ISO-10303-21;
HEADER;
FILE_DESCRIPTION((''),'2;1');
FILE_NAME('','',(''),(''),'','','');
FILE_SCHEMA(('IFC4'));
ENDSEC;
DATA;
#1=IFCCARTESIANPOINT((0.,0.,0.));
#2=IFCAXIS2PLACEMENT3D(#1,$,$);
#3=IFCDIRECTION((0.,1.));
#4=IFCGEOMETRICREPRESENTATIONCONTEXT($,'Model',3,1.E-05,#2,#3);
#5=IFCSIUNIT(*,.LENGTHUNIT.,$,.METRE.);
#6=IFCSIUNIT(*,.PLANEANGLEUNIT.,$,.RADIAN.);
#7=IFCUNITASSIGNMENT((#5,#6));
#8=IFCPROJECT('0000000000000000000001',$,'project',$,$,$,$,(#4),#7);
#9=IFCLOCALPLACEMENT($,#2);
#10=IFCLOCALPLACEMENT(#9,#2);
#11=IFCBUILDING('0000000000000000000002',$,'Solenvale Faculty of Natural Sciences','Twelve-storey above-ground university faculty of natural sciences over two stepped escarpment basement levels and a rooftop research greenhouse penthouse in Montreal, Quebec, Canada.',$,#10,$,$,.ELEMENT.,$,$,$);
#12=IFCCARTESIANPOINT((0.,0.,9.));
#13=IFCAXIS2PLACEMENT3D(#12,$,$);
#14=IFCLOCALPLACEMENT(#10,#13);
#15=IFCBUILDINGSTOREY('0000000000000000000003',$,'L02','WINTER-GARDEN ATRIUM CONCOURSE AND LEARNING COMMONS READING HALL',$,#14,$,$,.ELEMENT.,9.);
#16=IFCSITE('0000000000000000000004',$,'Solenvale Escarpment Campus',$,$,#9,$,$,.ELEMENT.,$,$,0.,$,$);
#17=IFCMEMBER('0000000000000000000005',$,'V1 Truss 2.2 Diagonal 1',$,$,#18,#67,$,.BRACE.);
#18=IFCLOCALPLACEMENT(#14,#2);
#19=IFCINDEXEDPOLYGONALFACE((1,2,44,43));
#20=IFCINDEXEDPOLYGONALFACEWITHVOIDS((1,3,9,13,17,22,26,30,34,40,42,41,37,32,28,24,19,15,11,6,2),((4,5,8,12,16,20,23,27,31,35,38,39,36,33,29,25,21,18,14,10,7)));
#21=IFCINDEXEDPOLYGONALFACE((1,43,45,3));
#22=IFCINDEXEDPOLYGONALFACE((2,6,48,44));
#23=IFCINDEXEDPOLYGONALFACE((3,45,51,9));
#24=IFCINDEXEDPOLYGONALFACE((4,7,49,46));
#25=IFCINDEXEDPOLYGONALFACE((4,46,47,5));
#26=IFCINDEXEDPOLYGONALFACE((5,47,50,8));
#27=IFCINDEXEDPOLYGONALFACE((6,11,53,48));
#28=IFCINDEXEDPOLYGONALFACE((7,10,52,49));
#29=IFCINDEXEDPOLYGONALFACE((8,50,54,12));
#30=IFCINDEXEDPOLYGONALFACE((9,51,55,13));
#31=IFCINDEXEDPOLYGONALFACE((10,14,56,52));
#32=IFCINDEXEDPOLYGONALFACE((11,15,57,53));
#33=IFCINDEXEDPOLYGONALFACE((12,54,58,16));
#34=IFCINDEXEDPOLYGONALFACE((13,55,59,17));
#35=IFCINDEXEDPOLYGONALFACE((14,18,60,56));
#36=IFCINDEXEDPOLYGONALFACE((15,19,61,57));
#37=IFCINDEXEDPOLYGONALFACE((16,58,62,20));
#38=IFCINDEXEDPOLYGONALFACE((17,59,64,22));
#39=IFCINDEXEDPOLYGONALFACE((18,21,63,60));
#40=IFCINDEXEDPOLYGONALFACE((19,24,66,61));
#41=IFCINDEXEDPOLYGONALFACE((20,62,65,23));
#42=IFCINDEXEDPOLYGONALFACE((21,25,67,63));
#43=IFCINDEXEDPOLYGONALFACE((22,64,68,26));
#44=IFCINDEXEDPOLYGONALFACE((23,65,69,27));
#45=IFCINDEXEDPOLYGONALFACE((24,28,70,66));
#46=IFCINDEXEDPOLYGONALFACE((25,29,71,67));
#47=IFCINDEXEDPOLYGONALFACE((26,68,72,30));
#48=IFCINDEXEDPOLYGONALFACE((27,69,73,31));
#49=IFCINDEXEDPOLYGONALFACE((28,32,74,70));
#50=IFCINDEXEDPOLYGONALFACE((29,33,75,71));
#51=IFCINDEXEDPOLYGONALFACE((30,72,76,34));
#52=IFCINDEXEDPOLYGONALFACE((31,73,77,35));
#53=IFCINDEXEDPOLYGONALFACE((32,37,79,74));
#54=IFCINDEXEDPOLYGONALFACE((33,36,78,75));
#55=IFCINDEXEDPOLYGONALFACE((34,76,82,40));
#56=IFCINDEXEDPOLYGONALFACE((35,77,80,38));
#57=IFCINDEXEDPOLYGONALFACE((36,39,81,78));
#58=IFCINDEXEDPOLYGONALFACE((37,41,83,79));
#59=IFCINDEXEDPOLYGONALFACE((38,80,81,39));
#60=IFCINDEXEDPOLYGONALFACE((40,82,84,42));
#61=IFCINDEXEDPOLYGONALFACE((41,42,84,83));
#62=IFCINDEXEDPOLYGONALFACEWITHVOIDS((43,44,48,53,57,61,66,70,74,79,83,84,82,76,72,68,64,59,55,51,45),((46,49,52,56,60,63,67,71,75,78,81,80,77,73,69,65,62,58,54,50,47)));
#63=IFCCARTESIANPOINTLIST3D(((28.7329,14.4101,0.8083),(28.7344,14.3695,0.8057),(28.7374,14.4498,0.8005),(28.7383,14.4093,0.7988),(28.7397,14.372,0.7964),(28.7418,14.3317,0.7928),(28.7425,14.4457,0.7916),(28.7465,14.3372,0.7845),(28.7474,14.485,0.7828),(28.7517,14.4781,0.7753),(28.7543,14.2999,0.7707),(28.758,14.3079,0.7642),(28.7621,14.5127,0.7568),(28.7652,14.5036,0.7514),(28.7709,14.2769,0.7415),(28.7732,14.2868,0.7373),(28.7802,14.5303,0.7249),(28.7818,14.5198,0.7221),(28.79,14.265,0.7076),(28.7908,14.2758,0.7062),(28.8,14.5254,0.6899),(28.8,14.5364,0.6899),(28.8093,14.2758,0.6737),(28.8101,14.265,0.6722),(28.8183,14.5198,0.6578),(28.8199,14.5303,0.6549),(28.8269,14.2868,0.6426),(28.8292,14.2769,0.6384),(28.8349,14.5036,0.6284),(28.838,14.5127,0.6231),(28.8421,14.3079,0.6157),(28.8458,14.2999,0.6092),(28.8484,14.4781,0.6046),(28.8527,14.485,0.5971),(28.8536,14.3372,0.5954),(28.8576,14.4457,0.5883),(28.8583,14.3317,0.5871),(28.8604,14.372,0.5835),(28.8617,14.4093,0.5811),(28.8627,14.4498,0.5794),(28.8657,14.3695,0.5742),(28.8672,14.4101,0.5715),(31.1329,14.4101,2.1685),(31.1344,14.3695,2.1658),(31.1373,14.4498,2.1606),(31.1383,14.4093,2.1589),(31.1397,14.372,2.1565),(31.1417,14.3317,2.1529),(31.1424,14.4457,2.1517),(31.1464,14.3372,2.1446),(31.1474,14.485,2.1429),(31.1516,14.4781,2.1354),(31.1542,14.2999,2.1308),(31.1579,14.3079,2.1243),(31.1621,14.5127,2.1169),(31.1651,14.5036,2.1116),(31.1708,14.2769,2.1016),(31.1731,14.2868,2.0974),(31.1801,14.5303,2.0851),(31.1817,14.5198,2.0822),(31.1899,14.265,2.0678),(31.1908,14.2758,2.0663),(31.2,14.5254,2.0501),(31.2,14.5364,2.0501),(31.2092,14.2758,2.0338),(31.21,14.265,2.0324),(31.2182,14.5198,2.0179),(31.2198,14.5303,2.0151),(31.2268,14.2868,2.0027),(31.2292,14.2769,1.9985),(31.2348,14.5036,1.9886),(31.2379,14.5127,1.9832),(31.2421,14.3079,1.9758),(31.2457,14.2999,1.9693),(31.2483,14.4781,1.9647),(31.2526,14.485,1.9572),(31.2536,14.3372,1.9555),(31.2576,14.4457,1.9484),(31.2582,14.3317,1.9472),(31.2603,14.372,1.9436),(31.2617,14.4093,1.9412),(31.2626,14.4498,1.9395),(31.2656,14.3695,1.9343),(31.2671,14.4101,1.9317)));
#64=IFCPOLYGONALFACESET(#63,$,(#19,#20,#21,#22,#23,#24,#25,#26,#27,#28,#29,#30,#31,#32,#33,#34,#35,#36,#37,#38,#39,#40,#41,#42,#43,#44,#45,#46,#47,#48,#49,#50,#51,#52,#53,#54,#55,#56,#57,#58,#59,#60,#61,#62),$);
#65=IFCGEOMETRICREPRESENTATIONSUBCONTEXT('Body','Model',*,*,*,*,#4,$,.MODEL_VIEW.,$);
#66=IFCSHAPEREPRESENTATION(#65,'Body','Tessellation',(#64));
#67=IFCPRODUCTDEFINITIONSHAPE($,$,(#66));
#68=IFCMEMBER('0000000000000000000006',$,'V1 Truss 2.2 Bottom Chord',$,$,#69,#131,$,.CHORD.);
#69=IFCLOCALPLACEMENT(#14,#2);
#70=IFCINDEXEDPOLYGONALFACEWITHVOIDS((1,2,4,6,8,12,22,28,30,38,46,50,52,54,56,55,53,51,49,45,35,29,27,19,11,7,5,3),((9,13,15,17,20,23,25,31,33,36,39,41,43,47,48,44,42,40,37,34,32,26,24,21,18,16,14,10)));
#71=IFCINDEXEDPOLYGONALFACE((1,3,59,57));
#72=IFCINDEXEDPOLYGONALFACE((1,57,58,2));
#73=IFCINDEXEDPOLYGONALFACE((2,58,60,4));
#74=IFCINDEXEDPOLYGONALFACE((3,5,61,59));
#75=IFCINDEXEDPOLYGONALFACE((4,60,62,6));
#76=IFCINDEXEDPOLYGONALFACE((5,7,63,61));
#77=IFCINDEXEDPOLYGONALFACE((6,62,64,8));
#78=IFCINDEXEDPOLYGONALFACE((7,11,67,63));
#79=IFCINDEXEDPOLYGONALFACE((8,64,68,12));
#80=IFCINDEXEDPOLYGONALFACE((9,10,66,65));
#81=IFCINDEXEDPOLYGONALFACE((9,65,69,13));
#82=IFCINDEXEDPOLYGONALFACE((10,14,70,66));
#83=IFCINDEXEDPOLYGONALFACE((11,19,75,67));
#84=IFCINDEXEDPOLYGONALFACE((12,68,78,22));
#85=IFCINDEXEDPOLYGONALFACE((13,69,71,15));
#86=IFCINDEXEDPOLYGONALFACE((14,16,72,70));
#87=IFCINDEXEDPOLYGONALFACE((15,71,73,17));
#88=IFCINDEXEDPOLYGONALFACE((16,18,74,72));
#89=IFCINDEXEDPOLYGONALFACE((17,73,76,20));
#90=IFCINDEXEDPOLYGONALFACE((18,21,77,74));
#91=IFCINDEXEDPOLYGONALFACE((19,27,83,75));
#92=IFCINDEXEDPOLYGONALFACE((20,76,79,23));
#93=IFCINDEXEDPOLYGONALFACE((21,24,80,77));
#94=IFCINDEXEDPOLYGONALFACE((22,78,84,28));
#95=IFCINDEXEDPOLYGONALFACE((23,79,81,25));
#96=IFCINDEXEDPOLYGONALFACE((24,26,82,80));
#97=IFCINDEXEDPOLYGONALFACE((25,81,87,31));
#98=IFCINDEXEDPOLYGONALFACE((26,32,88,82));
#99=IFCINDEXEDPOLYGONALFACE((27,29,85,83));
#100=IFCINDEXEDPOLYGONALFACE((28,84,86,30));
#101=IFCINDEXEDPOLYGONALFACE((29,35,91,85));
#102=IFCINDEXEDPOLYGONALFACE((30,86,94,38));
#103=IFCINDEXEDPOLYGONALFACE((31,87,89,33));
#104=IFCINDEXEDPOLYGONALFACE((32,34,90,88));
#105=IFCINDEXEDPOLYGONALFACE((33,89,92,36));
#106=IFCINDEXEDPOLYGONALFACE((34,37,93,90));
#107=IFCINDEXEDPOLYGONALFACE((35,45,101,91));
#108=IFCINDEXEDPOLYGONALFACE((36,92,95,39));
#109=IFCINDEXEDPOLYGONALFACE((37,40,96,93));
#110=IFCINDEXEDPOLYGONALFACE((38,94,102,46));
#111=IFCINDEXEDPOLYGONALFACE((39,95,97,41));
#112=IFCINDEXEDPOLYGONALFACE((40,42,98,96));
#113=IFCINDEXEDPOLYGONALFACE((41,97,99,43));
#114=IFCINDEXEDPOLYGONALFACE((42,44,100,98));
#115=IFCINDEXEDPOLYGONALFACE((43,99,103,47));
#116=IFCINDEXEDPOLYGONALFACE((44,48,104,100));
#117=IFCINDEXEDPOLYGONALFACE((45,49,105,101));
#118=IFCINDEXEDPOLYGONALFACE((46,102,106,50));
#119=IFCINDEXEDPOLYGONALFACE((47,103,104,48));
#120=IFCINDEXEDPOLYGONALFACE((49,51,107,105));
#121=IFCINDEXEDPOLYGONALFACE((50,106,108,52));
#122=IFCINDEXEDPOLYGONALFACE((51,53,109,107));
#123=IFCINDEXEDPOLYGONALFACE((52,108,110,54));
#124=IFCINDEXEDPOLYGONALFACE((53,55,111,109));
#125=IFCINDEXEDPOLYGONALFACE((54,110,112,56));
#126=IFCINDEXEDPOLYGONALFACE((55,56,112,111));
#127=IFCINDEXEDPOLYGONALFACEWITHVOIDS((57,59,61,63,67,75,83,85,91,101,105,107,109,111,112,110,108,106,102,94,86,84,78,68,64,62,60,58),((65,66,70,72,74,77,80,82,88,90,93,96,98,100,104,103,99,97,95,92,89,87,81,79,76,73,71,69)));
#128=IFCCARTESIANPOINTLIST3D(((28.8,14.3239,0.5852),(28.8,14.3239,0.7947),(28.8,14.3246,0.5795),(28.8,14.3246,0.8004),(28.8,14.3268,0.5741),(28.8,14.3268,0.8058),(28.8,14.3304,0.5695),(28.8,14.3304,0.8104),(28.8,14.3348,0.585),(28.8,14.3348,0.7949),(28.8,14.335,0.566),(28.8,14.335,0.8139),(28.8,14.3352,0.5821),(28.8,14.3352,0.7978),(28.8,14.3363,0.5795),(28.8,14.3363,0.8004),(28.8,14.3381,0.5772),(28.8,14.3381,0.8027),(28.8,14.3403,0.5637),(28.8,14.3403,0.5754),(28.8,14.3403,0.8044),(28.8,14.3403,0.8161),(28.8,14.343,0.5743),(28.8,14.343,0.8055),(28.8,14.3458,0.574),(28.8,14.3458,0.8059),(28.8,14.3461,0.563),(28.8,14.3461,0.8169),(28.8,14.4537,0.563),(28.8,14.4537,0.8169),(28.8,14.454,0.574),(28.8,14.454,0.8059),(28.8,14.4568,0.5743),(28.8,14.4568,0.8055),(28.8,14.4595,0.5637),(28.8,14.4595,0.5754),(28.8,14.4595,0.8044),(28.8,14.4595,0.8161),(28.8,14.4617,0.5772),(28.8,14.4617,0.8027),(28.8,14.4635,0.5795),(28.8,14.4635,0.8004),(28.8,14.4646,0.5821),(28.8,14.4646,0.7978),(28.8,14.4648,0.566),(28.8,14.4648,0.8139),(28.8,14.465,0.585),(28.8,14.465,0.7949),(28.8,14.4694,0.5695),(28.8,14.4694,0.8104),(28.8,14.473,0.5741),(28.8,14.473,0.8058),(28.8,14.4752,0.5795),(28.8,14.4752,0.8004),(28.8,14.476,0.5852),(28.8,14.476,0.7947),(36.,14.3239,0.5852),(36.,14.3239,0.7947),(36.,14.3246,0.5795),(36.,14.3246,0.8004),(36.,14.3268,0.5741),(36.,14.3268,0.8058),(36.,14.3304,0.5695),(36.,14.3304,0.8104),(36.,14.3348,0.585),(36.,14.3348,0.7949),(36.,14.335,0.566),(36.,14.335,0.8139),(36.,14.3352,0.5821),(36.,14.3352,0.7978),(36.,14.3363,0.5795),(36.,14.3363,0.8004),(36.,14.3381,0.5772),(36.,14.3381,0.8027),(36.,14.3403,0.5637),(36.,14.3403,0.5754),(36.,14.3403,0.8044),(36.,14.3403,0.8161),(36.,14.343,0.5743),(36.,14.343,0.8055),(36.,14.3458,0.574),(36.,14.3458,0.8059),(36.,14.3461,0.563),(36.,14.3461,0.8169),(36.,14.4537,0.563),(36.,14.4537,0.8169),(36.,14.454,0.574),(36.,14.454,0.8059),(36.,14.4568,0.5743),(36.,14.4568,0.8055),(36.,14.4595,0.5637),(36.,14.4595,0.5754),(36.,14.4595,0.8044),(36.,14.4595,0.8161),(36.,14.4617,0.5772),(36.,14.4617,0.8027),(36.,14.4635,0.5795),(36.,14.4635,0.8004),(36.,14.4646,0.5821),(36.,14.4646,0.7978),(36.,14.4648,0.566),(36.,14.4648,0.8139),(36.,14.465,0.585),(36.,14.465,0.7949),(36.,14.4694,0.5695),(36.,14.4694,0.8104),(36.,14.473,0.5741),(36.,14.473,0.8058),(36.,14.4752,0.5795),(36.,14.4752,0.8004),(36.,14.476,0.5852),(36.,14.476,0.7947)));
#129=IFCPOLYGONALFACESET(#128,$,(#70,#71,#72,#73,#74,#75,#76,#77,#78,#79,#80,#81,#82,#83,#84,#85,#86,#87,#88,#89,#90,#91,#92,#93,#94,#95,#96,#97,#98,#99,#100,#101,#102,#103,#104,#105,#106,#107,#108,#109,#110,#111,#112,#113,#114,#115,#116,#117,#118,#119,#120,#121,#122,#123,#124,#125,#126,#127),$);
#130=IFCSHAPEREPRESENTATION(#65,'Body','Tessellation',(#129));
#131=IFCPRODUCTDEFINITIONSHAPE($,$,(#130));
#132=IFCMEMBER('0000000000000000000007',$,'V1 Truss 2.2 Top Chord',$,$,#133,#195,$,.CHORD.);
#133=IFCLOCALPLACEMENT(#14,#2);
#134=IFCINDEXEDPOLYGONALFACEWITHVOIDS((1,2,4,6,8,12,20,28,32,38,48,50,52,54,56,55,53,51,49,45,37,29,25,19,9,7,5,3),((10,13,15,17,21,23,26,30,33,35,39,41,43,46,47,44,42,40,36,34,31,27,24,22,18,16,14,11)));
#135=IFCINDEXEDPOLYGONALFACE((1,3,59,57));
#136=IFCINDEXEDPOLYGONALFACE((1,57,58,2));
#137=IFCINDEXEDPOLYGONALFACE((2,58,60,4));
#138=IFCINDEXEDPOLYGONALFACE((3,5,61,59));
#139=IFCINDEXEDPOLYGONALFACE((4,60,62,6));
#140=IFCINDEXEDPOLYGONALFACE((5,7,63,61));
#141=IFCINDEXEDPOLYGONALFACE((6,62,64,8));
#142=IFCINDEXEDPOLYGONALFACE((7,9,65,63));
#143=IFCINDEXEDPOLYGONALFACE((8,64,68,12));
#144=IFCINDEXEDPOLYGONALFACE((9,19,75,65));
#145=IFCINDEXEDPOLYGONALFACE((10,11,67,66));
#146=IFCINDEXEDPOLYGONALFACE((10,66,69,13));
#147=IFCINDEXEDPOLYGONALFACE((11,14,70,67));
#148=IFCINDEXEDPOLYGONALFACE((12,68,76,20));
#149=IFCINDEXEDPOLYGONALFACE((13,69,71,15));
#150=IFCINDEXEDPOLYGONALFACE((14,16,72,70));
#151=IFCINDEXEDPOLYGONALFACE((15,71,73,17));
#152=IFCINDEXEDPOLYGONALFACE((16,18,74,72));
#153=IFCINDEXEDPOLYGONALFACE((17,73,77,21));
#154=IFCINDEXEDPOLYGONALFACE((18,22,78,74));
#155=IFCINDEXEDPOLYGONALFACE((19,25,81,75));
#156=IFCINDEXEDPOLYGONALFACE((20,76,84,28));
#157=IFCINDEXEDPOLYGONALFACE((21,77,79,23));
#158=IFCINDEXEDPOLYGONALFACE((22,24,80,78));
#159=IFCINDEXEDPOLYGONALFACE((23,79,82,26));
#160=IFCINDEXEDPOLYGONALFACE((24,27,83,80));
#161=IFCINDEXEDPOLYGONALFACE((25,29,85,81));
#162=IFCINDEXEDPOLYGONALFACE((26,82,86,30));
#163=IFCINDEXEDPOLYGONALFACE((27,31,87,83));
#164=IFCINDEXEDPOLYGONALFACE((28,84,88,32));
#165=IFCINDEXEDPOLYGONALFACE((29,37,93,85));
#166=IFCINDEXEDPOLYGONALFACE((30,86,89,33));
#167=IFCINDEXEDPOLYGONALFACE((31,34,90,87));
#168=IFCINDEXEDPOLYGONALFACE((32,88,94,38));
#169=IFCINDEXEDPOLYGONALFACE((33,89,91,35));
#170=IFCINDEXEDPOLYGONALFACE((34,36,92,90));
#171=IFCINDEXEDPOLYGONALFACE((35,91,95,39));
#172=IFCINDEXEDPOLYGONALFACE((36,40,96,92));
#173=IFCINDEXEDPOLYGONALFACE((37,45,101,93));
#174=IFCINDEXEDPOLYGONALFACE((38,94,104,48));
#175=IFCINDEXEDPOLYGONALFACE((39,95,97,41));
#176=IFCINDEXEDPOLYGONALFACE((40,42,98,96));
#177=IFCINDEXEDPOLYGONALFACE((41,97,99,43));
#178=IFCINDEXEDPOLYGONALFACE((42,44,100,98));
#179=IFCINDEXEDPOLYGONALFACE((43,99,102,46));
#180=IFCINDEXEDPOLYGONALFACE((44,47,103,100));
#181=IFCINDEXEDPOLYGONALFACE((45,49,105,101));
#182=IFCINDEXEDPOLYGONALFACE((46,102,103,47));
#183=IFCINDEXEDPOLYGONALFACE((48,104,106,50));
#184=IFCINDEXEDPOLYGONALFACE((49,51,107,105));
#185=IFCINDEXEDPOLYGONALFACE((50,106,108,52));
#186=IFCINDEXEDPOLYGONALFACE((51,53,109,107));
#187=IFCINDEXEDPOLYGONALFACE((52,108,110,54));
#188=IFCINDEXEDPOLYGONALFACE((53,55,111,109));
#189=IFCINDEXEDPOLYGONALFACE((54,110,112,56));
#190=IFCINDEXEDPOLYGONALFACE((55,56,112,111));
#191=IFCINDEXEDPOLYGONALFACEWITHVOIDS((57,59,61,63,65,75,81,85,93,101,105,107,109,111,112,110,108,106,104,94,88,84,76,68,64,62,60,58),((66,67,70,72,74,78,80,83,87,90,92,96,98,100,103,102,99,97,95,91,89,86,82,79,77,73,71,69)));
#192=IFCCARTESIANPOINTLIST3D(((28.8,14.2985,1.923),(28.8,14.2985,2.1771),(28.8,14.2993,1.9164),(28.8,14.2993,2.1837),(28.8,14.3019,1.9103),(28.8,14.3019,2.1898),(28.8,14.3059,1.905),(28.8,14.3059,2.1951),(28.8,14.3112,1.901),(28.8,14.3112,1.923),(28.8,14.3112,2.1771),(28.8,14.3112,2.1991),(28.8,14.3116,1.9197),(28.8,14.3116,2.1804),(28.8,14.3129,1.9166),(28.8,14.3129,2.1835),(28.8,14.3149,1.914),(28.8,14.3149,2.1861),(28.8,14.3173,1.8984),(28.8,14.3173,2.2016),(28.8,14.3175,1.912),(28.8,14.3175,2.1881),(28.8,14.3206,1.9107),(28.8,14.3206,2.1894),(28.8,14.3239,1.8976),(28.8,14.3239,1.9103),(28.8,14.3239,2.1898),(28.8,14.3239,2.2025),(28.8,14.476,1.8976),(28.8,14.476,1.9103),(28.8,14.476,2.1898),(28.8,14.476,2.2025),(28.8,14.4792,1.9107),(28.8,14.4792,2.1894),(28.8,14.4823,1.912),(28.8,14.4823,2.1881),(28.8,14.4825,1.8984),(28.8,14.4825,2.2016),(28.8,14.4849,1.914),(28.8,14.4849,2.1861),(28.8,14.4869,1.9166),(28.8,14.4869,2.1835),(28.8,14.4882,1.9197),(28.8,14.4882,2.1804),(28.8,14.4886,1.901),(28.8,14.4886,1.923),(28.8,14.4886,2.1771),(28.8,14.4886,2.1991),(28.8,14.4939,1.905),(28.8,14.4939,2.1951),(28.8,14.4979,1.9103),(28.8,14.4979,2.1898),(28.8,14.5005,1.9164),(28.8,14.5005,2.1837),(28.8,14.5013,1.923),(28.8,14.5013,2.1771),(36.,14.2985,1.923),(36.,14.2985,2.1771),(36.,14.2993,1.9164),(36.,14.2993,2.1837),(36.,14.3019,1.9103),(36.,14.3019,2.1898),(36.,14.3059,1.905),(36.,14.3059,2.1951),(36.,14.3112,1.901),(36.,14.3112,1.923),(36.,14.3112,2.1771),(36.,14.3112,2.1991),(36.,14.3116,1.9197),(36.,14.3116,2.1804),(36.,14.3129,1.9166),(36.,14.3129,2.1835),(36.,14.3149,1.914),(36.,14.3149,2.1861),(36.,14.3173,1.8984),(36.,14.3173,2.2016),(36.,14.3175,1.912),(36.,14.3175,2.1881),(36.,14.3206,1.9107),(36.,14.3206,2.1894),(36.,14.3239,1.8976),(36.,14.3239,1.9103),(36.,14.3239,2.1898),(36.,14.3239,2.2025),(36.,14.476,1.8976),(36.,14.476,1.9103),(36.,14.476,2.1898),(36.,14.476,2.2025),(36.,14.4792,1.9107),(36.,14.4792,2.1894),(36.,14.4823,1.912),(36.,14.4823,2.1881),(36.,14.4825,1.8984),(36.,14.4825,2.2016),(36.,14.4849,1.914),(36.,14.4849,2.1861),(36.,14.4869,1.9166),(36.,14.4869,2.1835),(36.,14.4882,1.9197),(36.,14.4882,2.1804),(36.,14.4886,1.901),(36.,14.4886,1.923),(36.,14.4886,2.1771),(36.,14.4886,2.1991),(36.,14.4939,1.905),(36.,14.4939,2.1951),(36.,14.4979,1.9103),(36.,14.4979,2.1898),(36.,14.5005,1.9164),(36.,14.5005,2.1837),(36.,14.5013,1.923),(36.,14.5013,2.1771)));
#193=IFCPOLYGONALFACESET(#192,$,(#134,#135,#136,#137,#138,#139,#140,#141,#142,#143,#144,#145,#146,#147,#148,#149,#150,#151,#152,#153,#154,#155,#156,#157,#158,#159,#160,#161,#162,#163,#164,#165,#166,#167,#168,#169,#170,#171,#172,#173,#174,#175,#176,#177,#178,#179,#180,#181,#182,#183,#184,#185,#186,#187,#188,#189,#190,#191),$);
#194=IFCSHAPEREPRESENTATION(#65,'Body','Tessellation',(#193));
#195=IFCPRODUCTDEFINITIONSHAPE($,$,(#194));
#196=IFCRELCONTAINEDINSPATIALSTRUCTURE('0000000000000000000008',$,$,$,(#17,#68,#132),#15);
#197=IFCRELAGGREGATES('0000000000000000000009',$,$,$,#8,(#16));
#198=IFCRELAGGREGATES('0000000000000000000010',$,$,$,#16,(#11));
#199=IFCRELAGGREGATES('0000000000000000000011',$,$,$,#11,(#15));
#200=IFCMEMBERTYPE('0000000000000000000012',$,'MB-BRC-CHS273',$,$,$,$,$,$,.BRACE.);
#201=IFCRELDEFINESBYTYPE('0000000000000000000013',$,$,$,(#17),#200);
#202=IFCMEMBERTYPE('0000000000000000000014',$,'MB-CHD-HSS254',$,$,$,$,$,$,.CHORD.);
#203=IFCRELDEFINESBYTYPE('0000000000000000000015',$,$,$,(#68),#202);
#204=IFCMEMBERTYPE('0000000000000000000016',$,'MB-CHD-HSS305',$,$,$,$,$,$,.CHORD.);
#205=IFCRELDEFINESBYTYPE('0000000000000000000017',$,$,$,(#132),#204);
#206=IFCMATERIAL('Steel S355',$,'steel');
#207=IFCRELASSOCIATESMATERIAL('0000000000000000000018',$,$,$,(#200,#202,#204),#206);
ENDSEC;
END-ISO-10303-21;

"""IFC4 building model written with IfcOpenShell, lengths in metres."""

from ifc_helpers import new_model, si_unit, direction, frame, origin, origin_2d, place, context, subcontext, project, spatial, hollow_rectangle, hollow_circle, extrude, material, material_profile, profile_set, type_object, element, save


model = new_model("IFC4")

# Units and contexts
model_context = context("Model", 3, precision=1e-05, world=origin(), true_north=direction((0.0, 1.0)))
body_context = subcontext(model_context, "Body", "Model", "MODEL_VIEW")
ifc_project = project(units=[si_unit("LENGTHUNIT", "METRE"), si_unit("PLANEANGLEUNIT", "RADIAN")], contexts=[model_context])

# Site, building, storey
site_placement = place(None, origin())
site = spatial("IfcSite", under=ifc_project, at=site_placement, Name="Solenvale Escarpment Campus", CompositionType="ELEMENT", RefElevation=0.0)
building_placement = place(site_placement, origin())
building = spatial("IfcBuilding", under=site, at=building_placement, Name="Solenvale Faculty of Natural Sciences", Description="Twelve-storey above-ground university faculty of natural sciences over two stepped escarpment basement levels and a rooftop research greenhouse penthouse in Montreal, Quebec, Canada.", CompositionType="ELEMENT")
storey_placement = place(building_placement, frame((0.0, 0.0, 9.0)))
storey = spatial("IfcBuildingStorey", under=building, at=storey_placement, Name="L02", Description="WINTER-GARDEN ATRIUM CONCOURSE AND LEARNING COMMONS READING HALL", CompositionType="ELEMENT", Elevation=9.0)

# Shared definitions
ifc_material_1 = material(Name="Steel S355", Category="steel")

# Members
ifc_material_profile_1 = material_profile(ifc_material_1, hollow_circle(Radius=0.1365, WallThickness=0.011, at=origin_2d()), Name="HSS273x11")
ifc_profile_set_1 = profile_set([ifc_material_profile_1], Name="Steel S355")
member_type_1 = type_object("IfcMemberType", Name="MB-BRC-CHS273", PredefinedType="BRACE", material=ifc_profile_set_1)
member_1_placement = place(storey_placement, frame((28.8, 14.3999, 0.6899), z_axis=(0.869997, 0.0, 0.493057), x_axis=(0.0, 1.0, 0.0)))
element("IfcMember", 1, at=member_1_placement, inside=storey, type_object=member_type_1, Name="V1 Truss 2.2 Diagonal 1", PredefinedType="BRACE", context=body_context, shape_type="SweptSolid", body=[
    extrude(hollow_circle(Radius=0.1365, WallThickness=0.011, at=origin_2d()), origin(), (0.0, 0.0, 1.0), 2.7585),
])
ifc_material_profile_2 = material_profile(ifc_material_1, hollow_rectangle(XDim=0.1521, YDim=0.2539, WallThickness=0.011, InnerFilletRadius=0.011, OuterFilletRadius=0.0222, at=origin_2d()), Name="HSS254x152x11")
ifc_profile_set_2 = profile_set([ifc_material_profile_2], Name="Steel S355")
member_type_2 = type_object("IfcMemberType", Name="MB-CHD-HSS254", PredefinedType="CHORD", material=ifc_profile_set_2)
member_2_placement = place(storey_placement, frame((28.8, 14.3999, 0.6899), z_axis=(1.0, 0.0, 0.0), x_axis=(0.0, 1.0, 0.0)))
element("IfcMember", 2, at=member_2_placement, inside=storey, type_object=member_type_2, Name="V1 Truss 2.2 Bottom Chord", PredefinedType="CHORD", context=body_context, shape_type="SweptSolid", body=[
    extrude(hollow_rectangle(XDim=0.1521, YDim=0.2539, WallThickness=0.011, InnerFilletRadius=0.011, OuterFilletRadius=0.0222, at=origin_2d()), origin(), (0.0, 0.0, 1.0), 7.2),
])
ifc_material_profile_3 = material_profile(ifc_material_1, hollow_rectangle(XDim=0.2029, YDim=0.3049, WallThickness=0.0127, InnerFilletRadius=0.0127, OuterFilletRadius=0.0254, at=origin_2d()), Name="HSS305x203x13")
ifc_profile_set_3 = profile_set([ifc_material_profile_3], Name="Steel S355")
member_type_3 = type_object("IfcMemberType", Name="MB-CHD-HSS305", PredefinedType="CHORD", material=ifc_profile_set_3)
member_3_placement = place(storey_placement, frame((28.8, 14.3999, 2.05), z_axis=(1.0, 0.0, 0.0), x_axis=(0.0, 1.0, 0.0)))
element("IfcMember", 3, at=member_3_placement, inside=storey, type_object=member_type_3, Name="V1 Truss 2.2 Top Chord", PredefinedType="CHORD", context=body_context, shape_type="SweptSolid", body=[
    extrude(hollow_rectangle(XDim=0.2029, YDim=0.3049, WallThickness=0.0127, InnerFilletRadius=0.0127, OuterFilletRadius=0.0254, at=origin_2d()), origin(), (0.0, 0.0, 1.0), 7.2),
])

save(model, "model.ifc")
